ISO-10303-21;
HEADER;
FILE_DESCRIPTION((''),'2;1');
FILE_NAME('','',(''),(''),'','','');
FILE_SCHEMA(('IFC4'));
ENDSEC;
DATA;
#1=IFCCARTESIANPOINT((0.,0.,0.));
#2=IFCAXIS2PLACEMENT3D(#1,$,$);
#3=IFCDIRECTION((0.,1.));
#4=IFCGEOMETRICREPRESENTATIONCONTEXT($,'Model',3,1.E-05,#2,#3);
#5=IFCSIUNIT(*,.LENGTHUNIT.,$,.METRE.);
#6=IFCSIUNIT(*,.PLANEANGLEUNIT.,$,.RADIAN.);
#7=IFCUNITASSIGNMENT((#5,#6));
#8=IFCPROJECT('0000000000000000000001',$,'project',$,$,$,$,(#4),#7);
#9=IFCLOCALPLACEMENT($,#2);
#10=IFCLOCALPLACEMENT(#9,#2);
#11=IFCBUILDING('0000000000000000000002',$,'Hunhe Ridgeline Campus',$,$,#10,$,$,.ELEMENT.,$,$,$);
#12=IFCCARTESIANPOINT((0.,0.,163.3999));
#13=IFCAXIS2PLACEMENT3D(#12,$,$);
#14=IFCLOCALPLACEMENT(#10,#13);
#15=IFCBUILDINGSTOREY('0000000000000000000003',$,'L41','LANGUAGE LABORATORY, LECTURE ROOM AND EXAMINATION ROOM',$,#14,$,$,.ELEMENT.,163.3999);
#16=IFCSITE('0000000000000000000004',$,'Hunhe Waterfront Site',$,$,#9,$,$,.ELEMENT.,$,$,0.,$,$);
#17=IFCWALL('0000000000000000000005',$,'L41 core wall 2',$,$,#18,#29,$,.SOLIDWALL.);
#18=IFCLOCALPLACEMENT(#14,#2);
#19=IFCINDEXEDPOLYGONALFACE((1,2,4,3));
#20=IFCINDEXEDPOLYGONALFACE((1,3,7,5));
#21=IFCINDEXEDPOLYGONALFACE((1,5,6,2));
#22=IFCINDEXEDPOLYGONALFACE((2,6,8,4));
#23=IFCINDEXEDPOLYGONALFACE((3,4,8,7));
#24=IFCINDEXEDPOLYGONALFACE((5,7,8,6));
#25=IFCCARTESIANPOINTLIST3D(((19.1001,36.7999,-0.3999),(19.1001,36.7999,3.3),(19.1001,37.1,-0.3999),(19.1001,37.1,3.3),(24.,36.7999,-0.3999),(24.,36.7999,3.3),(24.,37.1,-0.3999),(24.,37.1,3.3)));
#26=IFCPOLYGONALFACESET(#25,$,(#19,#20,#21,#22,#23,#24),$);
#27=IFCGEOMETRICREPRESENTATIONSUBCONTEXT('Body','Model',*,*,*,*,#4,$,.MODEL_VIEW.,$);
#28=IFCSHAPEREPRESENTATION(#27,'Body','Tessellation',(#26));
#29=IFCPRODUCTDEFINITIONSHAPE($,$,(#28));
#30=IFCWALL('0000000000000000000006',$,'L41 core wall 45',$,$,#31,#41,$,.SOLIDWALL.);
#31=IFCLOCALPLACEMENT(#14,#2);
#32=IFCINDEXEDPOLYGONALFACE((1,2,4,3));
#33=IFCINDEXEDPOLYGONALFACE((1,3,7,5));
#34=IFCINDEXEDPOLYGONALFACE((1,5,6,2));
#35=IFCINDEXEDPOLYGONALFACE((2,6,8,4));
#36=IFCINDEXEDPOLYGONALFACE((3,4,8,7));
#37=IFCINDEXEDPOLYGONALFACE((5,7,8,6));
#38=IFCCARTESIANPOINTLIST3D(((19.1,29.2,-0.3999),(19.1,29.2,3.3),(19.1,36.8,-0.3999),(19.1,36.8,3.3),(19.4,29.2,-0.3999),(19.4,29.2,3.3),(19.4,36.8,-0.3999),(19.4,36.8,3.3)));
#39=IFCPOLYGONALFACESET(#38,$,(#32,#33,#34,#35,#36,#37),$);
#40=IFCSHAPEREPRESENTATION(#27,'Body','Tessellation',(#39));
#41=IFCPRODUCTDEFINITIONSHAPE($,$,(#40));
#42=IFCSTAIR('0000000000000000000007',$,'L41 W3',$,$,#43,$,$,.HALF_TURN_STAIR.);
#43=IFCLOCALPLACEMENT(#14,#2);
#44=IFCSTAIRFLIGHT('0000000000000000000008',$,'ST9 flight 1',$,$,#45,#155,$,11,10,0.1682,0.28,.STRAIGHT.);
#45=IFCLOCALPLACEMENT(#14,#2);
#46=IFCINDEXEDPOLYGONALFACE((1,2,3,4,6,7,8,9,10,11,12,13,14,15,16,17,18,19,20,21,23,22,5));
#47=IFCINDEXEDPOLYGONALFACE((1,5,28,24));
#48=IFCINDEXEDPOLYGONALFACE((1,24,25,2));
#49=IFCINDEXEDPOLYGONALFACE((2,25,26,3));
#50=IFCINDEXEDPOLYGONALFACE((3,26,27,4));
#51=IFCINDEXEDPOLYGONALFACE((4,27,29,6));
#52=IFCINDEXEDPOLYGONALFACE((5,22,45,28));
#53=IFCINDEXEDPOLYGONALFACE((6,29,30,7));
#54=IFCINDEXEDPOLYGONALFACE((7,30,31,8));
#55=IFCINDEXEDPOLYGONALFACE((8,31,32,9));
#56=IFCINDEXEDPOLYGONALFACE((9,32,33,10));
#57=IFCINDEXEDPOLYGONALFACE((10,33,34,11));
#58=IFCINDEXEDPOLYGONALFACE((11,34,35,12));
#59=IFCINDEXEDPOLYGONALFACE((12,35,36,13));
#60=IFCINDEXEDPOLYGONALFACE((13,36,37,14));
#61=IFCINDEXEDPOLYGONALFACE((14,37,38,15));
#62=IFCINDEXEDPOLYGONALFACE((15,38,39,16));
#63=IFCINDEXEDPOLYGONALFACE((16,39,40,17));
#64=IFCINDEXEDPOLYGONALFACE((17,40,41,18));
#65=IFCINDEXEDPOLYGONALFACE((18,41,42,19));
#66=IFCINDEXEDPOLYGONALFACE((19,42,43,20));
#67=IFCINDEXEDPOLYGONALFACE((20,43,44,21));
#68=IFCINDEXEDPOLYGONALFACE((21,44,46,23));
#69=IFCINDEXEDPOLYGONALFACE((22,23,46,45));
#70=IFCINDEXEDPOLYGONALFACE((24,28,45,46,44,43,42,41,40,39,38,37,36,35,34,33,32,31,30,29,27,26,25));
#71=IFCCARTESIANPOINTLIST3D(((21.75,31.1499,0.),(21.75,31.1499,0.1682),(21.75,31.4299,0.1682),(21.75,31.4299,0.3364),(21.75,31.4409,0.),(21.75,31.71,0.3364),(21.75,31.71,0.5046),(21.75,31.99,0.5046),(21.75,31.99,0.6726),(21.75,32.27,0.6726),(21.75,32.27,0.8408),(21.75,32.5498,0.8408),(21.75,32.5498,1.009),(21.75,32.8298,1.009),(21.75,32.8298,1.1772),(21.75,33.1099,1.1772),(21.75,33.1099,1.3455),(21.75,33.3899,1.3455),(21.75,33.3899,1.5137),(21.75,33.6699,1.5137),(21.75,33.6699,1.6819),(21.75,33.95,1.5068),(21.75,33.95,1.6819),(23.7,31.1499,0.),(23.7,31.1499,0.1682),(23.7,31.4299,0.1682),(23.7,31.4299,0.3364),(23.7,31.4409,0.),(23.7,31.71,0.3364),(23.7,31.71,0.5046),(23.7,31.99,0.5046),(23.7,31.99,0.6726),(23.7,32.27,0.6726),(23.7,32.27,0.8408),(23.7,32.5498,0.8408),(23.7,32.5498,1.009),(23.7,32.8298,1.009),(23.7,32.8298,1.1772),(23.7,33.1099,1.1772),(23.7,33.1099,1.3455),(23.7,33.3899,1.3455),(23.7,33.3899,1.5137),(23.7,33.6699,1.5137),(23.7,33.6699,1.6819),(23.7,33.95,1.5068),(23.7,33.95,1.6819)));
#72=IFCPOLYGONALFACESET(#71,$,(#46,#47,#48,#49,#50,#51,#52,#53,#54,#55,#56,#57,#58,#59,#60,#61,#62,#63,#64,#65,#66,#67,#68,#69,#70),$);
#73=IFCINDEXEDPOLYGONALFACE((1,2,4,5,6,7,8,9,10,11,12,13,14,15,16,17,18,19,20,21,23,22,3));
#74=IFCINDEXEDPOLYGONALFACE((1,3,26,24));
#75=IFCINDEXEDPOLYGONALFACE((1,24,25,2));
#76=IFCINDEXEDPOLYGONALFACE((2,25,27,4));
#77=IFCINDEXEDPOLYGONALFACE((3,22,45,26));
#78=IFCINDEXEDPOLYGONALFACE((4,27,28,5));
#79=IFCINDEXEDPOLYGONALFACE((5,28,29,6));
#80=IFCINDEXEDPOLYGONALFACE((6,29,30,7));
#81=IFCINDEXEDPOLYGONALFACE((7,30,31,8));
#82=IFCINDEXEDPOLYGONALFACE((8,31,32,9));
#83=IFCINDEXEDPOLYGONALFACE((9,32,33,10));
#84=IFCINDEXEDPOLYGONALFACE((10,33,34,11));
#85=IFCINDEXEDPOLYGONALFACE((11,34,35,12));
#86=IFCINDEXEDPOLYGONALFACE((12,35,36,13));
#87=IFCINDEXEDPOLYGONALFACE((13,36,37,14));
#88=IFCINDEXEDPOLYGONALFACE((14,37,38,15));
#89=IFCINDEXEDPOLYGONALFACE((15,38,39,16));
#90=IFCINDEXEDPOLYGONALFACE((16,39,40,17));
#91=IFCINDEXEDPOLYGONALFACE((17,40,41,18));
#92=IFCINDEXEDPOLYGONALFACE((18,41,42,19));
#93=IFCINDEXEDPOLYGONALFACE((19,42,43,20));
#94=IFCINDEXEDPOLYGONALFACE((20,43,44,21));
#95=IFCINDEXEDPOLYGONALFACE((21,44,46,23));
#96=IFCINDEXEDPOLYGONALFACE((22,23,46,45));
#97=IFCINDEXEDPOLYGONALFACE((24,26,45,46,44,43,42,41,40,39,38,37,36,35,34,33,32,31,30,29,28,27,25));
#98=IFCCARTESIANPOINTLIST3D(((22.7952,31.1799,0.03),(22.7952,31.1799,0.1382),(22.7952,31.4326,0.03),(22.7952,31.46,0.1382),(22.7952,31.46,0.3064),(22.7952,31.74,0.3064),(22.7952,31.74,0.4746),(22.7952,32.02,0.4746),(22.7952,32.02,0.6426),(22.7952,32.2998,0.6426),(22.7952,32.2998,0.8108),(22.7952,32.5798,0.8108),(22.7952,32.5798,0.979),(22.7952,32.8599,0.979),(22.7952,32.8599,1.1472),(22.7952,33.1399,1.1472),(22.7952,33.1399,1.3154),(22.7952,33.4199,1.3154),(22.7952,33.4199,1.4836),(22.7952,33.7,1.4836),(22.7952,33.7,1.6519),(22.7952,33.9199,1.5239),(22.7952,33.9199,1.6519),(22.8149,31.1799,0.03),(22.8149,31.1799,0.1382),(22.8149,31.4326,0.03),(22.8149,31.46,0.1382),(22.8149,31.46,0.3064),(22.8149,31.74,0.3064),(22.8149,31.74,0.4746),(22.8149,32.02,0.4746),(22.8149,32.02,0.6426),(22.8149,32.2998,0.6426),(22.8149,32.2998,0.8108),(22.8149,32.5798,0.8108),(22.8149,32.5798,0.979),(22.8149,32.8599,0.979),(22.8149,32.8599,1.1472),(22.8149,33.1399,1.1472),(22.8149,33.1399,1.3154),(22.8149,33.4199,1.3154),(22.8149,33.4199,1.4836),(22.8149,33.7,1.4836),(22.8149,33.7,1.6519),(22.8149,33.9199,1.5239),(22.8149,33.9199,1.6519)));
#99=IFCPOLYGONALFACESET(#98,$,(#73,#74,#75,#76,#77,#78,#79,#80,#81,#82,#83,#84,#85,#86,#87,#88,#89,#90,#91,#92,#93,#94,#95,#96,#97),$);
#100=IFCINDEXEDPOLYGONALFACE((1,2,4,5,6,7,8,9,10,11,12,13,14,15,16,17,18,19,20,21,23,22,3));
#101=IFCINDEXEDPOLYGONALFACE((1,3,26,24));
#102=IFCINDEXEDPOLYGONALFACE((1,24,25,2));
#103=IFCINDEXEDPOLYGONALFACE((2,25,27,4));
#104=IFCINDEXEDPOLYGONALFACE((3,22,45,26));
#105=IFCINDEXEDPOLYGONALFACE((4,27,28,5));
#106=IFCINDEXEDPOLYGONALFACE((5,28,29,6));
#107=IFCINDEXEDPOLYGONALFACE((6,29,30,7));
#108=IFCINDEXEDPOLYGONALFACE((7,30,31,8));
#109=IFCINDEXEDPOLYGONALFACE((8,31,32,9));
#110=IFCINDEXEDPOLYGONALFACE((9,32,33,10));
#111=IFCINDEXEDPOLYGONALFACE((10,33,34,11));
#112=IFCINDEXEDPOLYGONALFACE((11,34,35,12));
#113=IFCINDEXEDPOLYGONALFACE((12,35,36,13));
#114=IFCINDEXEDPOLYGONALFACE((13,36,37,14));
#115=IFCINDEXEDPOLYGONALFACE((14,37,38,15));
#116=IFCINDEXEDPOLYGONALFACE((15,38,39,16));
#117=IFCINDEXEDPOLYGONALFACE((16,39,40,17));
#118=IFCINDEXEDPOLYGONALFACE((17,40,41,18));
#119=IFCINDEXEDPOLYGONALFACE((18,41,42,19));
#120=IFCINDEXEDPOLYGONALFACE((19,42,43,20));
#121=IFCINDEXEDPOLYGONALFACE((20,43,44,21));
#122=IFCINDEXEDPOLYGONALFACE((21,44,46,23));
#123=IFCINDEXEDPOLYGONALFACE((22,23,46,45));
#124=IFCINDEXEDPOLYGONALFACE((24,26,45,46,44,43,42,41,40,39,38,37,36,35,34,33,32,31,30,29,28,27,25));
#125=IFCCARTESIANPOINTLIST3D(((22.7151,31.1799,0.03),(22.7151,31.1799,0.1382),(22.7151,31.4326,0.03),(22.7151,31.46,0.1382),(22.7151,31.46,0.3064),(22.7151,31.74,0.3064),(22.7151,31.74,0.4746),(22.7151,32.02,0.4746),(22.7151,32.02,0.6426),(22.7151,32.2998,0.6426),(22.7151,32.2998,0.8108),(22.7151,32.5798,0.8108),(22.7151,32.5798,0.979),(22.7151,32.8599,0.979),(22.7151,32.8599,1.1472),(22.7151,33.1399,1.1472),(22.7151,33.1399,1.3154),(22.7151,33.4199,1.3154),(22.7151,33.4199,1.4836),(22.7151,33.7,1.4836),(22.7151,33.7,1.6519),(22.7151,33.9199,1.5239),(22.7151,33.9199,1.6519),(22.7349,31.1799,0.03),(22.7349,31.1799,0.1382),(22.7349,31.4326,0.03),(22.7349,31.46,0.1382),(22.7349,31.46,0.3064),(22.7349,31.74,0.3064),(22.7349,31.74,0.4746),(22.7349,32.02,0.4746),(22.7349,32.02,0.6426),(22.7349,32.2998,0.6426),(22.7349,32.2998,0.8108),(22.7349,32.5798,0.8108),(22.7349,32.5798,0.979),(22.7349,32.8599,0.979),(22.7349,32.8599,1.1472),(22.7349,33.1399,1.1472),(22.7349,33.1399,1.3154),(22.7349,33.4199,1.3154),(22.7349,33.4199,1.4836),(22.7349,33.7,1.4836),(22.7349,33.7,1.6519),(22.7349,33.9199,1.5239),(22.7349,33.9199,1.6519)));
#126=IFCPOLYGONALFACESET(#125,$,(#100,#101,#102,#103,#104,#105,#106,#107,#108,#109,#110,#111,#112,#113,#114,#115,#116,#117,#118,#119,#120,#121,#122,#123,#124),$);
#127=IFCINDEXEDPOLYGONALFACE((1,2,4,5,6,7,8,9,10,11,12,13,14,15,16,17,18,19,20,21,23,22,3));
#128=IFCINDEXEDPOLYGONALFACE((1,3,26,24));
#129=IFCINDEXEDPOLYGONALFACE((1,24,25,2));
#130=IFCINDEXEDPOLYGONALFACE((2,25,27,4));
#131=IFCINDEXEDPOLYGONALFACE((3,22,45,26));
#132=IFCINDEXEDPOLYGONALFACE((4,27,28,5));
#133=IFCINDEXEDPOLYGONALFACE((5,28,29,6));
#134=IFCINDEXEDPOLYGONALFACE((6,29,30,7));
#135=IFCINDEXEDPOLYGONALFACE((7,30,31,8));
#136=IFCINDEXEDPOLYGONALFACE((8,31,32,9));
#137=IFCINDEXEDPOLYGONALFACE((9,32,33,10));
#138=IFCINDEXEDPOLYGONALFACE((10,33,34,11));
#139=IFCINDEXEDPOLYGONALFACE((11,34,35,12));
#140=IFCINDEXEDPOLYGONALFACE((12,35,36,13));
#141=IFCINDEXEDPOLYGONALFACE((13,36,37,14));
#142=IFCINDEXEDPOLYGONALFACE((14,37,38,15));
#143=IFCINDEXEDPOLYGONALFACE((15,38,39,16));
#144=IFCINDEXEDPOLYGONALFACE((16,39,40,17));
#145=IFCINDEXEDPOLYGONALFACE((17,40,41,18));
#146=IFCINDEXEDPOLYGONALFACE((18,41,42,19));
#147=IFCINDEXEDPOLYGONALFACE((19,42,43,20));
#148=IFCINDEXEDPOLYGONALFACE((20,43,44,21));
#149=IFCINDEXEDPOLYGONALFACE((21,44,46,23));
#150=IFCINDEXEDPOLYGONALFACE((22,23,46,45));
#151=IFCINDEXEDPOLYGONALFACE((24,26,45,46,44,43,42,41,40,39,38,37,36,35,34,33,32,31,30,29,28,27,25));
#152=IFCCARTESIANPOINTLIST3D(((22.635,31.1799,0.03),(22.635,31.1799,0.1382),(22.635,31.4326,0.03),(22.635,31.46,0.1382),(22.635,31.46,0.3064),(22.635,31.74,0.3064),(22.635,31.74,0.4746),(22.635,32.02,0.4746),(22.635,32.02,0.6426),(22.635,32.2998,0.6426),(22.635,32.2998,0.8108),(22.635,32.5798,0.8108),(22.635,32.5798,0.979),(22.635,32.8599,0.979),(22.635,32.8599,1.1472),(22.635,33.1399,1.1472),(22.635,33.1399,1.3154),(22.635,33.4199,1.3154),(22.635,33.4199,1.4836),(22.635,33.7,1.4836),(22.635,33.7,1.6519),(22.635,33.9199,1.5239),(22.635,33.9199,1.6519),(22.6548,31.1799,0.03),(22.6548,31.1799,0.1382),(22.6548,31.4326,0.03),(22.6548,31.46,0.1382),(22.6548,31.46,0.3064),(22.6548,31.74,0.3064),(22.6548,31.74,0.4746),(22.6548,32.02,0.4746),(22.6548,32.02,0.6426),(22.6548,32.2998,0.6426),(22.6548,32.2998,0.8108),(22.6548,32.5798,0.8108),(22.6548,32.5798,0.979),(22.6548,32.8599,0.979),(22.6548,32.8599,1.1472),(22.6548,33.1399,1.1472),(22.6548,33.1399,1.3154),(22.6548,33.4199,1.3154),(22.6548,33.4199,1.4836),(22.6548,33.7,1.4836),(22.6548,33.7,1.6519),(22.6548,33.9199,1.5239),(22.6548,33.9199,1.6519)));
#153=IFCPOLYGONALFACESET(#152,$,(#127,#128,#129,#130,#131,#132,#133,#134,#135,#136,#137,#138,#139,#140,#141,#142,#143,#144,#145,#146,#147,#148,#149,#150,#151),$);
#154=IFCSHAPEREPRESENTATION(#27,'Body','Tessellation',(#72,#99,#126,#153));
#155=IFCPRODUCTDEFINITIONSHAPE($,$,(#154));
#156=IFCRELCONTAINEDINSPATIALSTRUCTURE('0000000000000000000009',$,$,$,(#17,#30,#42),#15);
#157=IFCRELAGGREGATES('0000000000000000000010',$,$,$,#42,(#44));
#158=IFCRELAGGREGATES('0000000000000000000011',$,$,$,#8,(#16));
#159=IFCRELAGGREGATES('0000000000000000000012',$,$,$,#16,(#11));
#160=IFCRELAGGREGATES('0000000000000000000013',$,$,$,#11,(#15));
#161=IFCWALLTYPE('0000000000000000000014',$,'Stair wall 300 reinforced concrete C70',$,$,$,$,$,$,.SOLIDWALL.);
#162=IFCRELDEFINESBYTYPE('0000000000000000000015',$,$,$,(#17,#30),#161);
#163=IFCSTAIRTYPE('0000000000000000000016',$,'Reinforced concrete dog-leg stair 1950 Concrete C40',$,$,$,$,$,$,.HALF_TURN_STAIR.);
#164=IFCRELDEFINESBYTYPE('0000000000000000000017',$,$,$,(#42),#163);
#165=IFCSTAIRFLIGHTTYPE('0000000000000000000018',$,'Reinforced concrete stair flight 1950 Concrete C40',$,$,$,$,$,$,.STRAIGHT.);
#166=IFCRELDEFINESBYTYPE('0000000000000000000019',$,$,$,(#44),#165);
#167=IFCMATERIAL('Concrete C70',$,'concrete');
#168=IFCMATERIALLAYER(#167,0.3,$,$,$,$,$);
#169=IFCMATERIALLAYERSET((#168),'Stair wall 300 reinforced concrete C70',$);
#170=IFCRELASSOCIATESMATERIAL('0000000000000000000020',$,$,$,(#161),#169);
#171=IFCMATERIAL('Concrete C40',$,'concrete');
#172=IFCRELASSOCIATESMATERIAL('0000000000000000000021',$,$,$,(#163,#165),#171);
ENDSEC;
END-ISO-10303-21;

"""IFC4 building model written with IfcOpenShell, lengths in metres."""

from ifc_helpers import new_model, si_unit, direction, frame, frame_2d, origin, place, context, subcontext, project, spatial, polyline, rectangle, outline, extrude, material, layer, layer_set, type_object, element, aggregate, save


model = new_model("IFC4")

# Units and contexts
model_context = context("Model", 3, precision=1e-05, world=origin(), true_north=direction((0.0, 1.0)))
body_context = subcontext(model_context, "Body", "Model", "MODEL_VIEW")
ifc_project = project(units=[si_unit("LENGTHUNIT", "METRE"), si_unit("PLANEANGLEUNIT", "RADIAN")], contexts=[model_context])

# Site, building, storey
site_placement = place(None, origin())
site = spatial("IfcSite", under=ifc_project, at=site_placement, Name="Hunhe Waterfront Site", CompositionType="ELEMENT", RefElevation=0.0)
building_placement = place(site_placement, origin())
building = spatial("IfcBuilding", under=site, at=building_placement, Name="Hunhe Ridgeline Campus", CompositionType="ELEMENT")
storey_placement = place(building_placement, frame((0.0, 0.0, 163.3999)))
storey = spatial("IfcBuildingStorey", under=building, at=storey_placement, Name="L41", Description="LANGUAGE LABORATORY, LECTURE ROOM AND EXAMINATION ROOM", CompositionType="ELEMENT", Elevation=163.3999)

# Shared definitions
ifc_material_1 = material(Name="Concrete C70", Category="concrete")

# Walls
ifc_layer_1 = layer(ifc_material_1, 0.3)
ifc_layer_set_1 = layer_set([ifc_layer_1], Name="Stair wall 300 reinforced concrete C70")
wall_type_1 = type_object("IfcWallType", Name="Stair wall 300 reinforced concrete C70", PredefinedType="SOLIDWALL", material=ifc_layer_set_1)
wall_1_placement = place(storey_placement, frame((19.1001, 36.95, -0.3999), z_axis=(0.0, 0.0, 1.0), x_axis=(1.0, 0.0, 0.0)))
element("IfcWall", 1, at=wall_1_placement, inside=storey, type_object=wall_type_1, Name="L41 core wall 2", PredefinedType="SOLIDWALL", context=body_context, shape_type="SweptSolid", body=[
    extrude(rectangle(XDim=4.8999, YDim=0.3, at=frame_2d((2.45, 0.0))), origin(), (0.0, 0.0, 1.0), 3.7),
])
wall_2_placement = place(storey_placement, frame((19.25, 29.2, -0.3999), z_axis=(0.0, 0.0, 1.0), x_axis=(0.0, 1.0, 0.0)))
element("IfcWall", 2, at=wall_2_placement, inside=storey, type_object=wall_type_1, Name="L41 core wall 45", PredefinedType="SOLIDWALL", context=body_context, shape_type="SweptSolid", body=[
    extrude(rectangle(XDim=7.6001, YDim=0.3, at=frame_2d((3.8, 0.0))), origin(), (0.0, 0.0, 1.0), 3.7),
])

# Stair, stair flight
ifc_material_2 = material(Name="Concrete C40", Category="concrete")
stair_type = type_object("IfcStairType", Name="Reinforced concrete dog-leg stair 1950 Concrete C40", PredefinedType="HALF_TURN_STAIR", material=ifc_material_2)
stair_placement = place(storey_placement, origin())
stair = element("IfcStair", 3, at=stair_placement, inside=storey, type_object=stair_type, Name="L41 W3", PredefinedType="HALF_TURN_STAIR")
stair_flight_type = type_object("IfcStairFlightType", Name="Reinforced concrete stair flight 1950 Concrete C40", PredefinedType="STRAIGHT", material=ifc_material_2)
stair_flight_1_placement = place(storey_placement, frame((22.7251, 31.1499, 0.0), z_axis=(0.0, 0.0, 1.0), x_axis=(0.0, 1.0, 0.0)))
stair_flight_1 = element("IfcStairFlight", 4, at=stair_flight_1_placement, type_object=stair_flight_type, Name="ST9 flight 1", NumberOfRisers=11, NumberOfTreads=10, PredefinedType="STRAIGHT", RiserHeight=0.1682, TreadLength=0.28, context=body_context, shape_type="SweptSolid", body=[
    extrude(outline(polyline([(0.0, 0.0), (0.0, 0.1682), (0.28, 0.1682), (0.28, 0.3364), (0.5601, 0.3364), (0.5601, 0.5046), (0.8401, 0.5046), (0.8401, 0.6726), (1.1201, 0.6726), (1.1201, 0.8408), (1.3999, 0.8408), (1.3999, 1.009), (1.6799, 1.009), (1.6799, 1.1772), (1.96, 1.1772), (1.96, 1.3455), (2.24, 1.3455), (2.24, 1.5137), (2.52, 1.5137), (2.52, 1.6819), (2.8, 1.6819), (2.8, 1.8501), (2.8, 1.5068), (0.291, 0.0), (0.0, 0.0)])), frame((0.0, 0.9751, 0.0), z_axis=(0.0, -1.0, 0.0), x_axis=(1.0, 0.0, 0.0)), (0.0, 0.0, 1.0), 1.95),
    extrude(outline(polyline([(0.03, 0.03), (0.03, 0.1382), (0.3101, 0.1382), (0.3101, 0.3064), (0.5901, 0.3064), (0.5901, 0.4746), (0.8701, 0.4746), (0.8701, 0.6426), (1.1499, 0.6426), (1.1499, 0.8108), (1.4299, 0.8108), (1.4299, 0.979), (1.71, 0.979), (1.71, 1.1472), (1.99, 1.1472), (1.99, 1.3154), (2.27, 1.3154), (2.27, 1.4836), (2.55, 1.4836), (2.55, 1.6519), (2.77, 1.6519), (2.77, 1.5239), (0.2827, 0.03), (0.03, 0.03)])), frame((0.0, -0.0701, 0.0), z_axis=(0.0, -1.0, 0.0), x_axis=(1.0, 0.0, 0.0)), (0.0, 0.0, 1.0), 0.0198),
    extrude(outline(polyline([(0.03, 0.03), (0.03, 0.1382), (0.3101, 0.1382), (0.3101, 0.3064), (0.5901, 0.3064), (0.5901, 0.4746), (0.8701, 0.4746), (0.8701, 0.6426), (1.1499, 0.6426), (1.1499, 0.8108), (1.4299, 0.8108), (1.4299, 0.979), (1.71, 0.979), (1.71, 1.1472), (1.99, 1.1472), (1.99, 1.3154), (2.27, 1.3154), (2.27, 1.4836), (2.55, 1.4836), (2.55, 1.6519), (2.77, 1.6519), (2.77, 1.5239), (0.2827, 0.03), (0.03, 0.03)])), frame((0.0, 0.01, 0.0), z_axis=(0.0, -1.0, 0.0), x_axis=(1.0, 0.0, 0.0)), (0.0, 0.0, 1.0), 0.0198),
    extrude(outline(polyline([(0.03, 0.03), (0.03, 0.1382), (0.3101, 0.1382), (0.3101, 0.3064), (0.5901, 0.3064), (0.5901, 0.4746), (0.8701, 0.4746), (0.8701, 0.6426), (1.1499, 0.6426), (1.1499, 0.8108), (1.4299, 0.8108), (1.4299, 0.979), (1.71, 0.979), (1.71, 1.1472), (1.99, 1.1472), (1.99, 1.3154), (2.27, 1.3154), (2.27, 1.4836), (2.55, 1.4836), (2.55, 1.6519), (2.77, 1.6519), (2.77, 1.5239), (0.2827, 0.03), (0.03, 0.03)])), frame((0.0, 0.0901, 0.0), z_axis=(0.0, -1.0, 0.0), x_axis=(1.0, 0.0, 0.0)), (0.0, 0.0, 1.0), 0.0198),
])
aggregate(stair, [stair_flight_1])

save(model, "model.ifc")
